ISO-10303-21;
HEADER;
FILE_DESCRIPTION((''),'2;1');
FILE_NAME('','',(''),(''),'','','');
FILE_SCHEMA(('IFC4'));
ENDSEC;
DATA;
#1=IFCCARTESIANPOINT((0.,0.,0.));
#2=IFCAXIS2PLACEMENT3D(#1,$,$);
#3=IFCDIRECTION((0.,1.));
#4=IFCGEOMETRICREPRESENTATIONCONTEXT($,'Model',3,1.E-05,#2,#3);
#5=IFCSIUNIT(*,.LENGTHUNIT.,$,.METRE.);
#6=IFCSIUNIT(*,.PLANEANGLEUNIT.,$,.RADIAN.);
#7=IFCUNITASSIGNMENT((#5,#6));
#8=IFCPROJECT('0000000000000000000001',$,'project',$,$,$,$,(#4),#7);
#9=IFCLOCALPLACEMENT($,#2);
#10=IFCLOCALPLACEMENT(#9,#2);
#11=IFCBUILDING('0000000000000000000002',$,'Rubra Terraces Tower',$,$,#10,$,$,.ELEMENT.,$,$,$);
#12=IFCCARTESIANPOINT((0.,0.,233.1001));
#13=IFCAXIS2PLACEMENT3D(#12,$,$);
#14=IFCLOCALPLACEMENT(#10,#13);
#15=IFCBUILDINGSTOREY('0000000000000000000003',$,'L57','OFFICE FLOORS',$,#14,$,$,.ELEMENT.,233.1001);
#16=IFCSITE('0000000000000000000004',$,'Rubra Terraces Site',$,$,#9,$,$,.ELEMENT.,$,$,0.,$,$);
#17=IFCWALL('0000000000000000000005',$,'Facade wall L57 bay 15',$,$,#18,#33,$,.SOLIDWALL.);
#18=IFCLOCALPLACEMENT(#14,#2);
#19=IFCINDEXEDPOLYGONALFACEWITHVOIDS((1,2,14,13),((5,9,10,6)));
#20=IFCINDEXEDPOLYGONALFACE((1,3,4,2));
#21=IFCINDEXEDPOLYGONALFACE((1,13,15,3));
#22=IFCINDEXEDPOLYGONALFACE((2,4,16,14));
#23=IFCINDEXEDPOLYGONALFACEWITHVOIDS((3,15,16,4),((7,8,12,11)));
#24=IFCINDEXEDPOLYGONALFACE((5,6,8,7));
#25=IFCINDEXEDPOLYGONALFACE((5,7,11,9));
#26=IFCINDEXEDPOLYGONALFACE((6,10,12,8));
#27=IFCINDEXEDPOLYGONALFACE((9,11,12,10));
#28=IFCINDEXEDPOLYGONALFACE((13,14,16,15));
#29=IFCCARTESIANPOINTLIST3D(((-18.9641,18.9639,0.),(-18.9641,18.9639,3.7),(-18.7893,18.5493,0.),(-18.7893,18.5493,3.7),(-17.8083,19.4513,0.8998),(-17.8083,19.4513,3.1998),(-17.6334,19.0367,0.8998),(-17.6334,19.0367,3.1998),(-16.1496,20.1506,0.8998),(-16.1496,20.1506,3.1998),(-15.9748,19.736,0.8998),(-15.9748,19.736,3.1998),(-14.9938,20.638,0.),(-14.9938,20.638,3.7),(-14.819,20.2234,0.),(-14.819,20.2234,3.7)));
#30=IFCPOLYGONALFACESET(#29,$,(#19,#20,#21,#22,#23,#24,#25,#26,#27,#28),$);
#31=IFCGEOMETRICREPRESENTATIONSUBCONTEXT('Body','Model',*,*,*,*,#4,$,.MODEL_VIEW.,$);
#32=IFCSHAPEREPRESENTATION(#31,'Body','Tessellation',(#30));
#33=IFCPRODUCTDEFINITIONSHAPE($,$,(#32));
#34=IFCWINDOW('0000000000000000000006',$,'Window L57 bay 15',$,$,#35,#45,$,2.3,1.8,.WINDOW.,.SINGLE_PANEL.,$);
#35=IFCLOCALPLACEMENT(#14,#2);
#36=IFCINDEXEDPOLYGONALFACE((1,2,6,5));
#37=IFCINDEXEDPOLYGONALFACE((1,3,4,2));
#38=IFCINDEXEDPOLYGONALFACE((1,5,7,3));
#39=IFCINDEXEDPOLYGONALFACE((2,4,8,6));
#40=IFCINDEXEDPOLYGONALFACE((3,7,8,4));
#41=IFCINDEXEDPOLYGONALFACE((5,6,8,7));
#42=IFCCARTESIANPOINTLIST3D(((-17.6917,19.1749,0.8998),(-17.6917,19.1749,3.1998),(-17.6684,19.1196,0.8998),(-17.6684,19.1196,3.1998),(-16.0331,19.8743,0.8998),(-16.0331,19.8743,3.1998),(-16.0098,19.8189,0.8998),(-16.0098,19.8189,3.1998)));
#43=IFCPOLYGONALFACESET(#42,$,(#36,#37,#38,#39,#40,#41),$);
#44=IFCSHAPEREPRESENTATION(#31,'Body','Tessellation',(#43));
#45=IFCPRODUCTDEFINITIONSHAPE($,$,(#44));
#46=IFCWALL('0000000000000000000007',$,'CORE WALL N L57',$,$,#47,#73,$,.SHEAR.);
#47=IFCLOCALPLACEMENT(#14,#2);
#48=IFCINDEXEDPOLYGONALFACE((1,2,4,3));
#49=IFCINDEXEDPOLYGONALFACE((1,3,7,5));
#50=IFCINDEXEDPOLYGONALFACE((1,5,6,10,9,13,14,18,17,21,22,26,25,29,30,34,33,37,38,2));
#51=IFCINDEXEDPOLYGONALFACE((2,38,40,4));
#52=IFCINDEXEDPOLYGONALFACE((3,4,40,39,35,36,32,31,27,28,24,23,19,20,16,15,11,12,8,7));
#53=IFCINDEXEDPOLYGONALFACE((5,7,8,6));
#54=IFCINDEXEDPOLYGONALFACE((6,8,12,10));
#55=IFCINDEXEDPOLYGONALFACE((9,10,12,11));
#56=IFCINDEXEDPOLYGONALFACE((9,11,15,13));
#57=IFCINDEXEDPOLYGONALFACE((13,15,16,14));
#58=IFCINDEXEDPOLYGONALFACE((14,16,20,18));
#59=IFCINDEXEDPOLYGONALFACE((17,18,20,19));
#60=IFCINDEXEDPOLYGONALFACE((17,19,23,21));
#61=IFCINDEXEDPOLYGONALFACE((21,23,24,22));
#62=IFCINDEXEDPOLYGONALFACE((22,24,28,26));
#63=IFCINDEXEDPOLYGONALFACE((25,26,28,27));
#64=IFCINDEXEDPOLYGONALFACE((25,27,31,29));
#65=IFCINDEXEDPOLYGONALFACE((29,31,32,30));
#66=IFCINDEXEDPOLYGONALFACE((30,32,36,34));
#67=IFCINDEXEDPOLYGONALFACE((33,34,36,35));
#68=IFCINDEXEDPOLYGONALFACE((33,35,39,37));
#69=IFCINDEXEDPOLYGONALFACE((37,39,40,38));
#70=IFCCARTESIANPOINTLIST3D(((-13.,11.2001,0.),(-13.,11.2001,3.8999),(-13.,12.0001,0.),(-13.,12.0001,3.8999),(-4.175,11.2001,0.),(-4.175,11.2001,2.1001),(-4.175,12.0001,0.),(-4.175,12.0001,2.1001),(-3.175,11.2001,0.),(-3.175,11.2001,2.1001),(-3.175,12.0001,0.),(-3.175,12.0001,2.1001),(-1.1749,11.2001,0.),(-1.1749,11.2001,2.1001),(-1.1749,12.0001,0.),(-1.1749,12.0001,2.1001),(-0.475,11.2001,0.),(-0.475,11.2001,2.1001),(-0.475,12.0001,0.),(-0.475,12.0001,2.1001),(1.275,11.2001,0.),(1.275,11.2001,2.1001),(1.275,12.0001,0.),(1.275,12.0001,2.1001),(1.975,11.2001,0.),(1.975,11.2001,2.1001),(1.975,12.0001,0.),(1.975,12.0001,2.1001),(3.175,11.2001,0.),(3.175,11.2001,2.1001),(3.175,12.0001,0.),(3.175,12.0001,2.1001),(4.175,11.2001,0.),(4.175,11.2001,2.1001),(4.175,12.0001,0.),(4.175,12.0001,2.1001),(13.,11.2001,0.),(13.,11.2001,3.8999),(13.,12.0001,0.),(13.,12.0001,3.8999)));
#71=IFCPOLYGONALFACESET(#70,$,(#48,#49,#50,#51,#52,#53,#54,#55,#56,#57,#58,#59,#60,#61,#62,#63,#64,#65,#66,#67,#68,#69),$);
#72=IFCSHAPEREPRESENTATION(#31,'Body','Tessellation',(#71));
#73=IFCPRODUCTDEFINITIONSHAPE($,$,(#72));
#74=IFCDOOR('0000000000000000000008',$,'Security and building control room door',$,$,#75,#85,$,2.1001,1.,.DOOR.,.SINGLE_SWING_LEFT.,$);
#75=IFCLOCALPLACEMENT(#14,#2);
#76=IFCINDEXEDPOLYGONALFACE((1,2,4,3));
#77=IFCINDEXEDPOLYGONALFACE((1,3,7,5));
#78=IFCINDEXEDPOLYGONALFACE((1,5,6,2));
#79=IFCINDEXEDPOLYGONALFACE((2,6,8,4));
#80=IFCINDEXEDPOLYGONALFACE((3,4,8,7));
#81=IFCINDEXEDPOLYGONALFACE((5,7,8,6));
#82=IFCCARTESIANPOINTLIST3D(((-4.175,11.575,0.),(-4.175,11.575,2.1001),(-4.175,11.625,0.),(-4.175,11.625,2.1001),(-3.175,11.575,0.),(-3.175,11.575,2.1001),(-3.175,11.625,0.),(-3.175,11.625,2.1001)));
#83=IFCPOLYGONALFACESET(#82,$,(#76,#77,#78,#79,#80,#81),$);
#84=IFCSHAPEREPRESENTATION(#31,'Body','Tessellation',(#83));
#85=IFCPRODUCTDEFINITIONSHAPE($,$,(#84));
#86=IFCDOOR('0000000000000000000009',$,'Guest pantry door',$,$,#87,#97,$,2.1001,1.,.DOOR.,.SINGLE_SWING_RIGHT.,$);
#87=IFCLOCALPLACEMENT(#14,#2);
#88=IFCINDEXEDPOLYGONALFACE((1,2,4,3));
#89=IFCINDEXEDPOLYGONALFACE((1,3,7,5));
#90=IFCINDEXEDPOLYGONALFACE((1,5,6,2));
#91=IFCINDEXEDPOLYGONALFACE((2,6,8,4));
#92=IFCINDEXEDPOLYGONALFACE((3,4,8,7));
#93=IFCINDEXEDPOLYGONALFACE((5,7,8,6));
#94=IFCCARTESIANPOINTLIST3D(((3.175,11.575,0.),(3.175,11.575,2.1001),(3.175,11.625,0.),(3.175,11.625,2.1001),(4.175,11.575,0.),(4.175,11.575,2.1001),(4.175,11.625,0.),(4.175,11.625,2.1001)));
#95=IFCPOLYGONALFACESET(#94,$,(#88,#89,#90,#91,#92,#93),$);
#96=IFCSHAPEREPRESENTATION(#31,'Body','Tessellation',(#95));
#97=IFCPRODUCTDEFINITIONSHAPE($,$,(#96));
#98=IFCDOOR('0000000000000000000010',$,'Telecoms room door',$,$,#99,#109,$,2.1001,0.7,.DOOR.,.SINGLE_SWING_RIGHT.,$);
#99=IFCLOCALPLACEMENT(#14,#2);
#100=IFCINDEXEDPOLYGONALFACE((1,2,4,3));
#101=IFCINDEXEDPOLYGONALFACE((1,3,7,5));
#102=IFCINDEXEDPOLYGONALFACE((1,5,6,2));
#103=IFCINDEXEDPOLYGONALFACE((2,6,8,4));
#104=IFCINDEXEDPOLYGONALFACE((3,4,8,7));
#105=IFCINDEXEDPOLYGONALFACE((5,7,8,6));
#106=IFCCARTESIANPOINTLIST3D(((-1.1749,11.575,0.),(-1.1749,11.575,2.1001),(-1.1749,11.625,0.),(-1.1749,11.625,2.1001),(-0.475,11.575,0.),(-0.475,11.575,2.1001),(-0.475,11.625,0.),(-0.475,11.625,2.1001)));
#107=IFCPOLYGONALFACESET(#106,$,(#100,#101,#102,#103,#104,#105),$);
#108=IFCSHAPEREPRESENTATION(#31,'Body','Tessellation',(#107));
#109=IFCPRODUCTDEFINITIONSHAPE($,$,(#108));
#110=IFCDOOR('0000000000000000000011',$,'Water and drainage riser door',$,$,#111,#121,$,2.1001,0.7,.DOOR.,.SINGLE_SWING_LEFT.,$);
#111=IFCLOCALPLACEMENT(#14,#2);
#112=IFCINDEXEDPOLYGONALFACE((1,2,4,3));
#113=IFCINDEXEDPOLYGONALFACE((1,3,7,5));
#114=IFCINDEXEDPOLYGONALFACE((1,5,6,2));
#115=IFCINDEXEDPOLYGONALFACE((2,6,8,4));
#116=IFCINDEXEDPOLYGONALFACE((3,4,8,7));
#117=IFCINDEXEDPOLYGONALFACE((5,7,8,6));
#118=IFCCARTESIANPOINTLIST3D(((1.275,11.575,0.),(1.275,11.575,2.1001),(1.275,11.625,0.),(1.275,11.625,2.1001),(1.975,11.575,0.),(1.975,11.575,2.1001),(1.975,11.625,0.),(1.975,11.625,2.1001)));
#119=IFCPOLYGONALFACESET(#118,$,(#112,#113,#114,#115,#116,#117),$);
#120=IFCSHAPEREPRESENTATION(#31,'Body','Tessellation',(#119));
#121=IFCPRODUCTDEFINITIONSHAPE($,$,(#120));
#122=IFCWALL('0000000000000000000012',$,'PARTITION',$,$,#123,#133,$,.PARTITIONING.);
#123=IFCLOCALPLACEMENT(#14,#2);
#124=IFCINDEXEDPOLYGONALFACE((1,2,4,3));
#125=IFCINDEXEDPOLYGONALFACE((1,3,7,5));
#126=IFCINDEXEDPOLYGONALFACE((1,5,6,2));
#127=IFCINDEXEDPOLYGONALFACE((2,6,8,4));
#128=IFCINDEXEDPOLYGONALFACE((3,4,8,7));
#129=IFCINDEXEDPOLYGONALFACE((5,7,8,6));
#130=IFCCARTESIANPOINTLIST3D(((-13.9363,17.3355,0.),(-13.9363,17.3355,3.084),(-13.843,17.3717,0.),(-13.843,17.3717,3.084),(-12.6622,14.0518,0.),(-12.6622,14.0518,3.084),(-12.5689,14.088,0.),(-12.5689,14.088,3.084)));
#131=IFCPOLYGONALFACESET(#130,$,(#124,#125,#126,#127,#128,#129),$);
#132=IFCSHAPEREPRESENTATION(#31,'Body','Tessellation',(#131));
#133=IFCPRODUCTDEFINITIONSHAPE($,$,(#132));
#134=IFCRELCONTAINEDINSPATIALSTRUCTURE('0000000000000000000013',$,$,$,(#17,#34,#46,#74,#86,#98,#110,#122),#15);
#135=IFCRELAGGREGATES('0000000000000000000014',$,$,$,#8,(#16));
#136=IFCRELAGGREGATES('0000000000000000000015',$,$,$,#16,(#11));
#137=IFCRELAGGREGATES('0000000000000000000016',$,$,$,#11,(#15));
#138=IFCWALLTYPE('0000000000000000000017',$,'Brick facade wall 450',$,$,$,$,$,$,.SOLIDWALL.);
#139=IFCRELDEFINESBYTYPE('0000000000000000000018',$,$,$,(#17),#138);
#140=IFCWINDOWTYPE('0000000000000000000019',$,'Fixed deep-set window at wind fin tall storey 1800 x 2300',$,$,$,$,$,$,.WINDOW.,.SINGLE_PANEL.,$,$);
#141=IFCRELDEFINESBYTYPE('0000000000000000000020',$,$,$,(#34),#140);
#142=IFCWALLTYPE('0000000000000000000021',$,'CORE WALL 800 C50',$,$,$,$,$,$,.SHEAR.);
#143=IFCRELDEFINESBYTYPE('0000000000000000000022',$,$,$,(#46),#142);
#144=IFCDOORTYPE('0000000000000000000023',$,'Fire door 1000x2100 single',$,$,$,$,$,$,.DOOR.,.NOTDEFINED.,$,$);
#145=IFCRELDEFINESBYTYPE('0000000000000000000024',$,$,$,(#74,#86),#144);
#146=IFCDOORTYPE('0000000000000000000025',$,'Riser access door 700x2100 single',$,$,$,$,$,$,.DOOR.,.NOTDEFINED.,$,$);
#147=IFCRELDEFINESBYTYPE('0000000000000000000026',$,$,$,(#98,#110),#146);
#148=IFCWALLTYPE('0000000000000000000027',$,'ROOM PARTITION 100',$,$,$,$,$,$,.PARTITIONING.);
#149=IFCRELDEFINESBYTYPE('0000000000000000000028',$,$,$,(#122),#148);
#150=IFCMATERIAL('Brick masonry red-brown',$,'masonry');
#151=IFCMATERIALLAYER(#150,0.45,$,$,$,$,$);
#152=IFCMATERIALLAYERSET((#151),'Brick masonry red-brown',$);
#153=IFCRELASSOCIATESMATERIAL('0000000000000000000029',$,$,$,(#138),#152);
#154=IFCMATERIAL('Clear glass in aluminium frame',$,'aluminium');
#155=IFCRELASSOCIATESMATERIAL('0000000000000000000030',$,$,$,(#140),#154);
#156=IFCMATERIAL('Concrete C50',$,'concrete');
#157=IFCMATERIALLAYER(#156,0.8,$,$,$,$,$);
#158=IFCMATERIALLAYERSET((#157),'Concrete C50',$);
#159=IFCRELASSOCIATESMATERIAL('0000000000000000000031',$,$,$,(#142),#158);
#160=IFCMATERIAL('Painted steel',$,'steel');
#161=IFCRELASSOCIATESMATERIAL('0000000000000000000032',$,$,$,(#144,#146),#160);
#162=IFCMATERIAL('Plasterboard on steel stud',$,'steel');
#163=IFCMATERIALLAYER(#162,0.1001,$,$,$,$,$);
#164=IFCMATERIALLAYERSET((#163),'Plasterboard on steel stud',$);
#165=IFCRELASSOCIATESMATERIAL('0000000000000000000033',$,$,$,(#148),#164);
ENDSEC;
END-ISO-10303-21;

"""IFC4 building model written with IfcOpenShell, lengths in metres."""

from ifc_helpers import new_model, si_unit, direction, frame, frame_2d, origin, place, context, subcontext, project, spatial, rectangle, extrude, material, layer, layer_set, type_object, element, fill, save


model = new_model("IFC4")

# Units and contexts
model_context = context("Model", 3, precision=1e-05, world=origin(), true_north=direction((0.0, 1.0)))
body_context = subcontext(model_context, "Body", "Model", "MODEL_VIEW")
ifc_project = project(units=[si_unit("LENGTHUNIT", "METRE"), si_unit("PLANEANGLEUNIT", "RADIAN")], contexts=[model_context])

# Site, building, storey
site_placement = place(None, origin())
site = spatial("IfcSite", under=ifc_project, at=site_placement, Name="Rubra Terraces Site", CompositionType="ELEMENT", RefElevation=0.0)
building_placement = place(site_placement, origin())
building = spatial("IfcBuilding", under=site, at=building_placement, Name="Rubra Terraces Tower", CompositionType="ELEMENT")
storey_placement = place(building_placement, frame((0.0, 0.0, 233.1001)))
storey = spatial("IfcBuildingStorey", under=building, at=storey_placement, Name="L57", Description="OFFICE FLOORS", CompositionType="ELEMENT", Elevation=233.1001)

# Shared definitions
ifc_material_1 = material(Name="Concrete C50", Category="concrete")

# Wall, opening, window
ifc_material_2 = material(Name="Brick masonry red-brown", Category="masonry")
ifc_layer_1 = layer(ifc_material_2, 0.45)
ifc_layer_set_1 = layer_set([ifc_layer_1], Name="Brick masonry red-brown")
wall_type_1 = type_object("IfcWallType", Name="Brick facade wall 450", PredefinedType="SOLIDWALL", material=ifc_layer_set_1)
ifc_material_3 = material(Name="Clear glass in aluminium frame", Category="aluminium")
wall_1_placement = place(storey_placement, frame((-14.9065, 20.4307, 0.0), z_axis=(0.0, 0.0, 1.0), x_axis=(-0.921436, -0.388531, 0.0)))
wall_1 = element("IfcWall", 1, at=wall_1_placement, inside=storey, type_object=wall_type_1, Name="Facade wall L57 bay 15", PredefinedType="SOLIDWALL", context=body_context, shape_type="SweptSolid", body=[
    extrude(rectangle(XDim=4.3088, YDim=0.45, at=frame_2d((2.1543, 0.0))), origin(), (0.0, 0.0, 1.0), 3.7),
])
opening_1_placement = place(wall_1_placement, frame((1.2544, 0.0, 0.8999)))
opening_1 = element("IfcOpeningElement", 2, at=opening_1_placement, cuts=wall_1, PredefinedType="OPENING", context=body_context, shape_type="SweptSolid", body=[
    extrude(rectangle(XDim=1.8, YDim=2.3, at=frame_2d((0.8999, 1.1499))), frame((0.0, 0.2349, 0.0), z_axis=(0.0, -1.0, 0.0), x_axis=(1.0, 0.0, 0.0)), (0.0, 0.0, 1.0), 0.47),
])
window_type_1 = type_object("IfcWindowType", Name="Fixed deep-set window at wind fin tall storey 1800 x 2300", PartitioningType="SINGLE_PANEL", PredefinedType="WINDOW", material=ifc_material_3)
window_1_placement = place(opening_1_placement, origin())
window_1 = element("IfcWindow", 3, at=window_1_placement, inside=storey, type_object=window_type_1, Name="Window L57 bay 15", OverallHeight=2.3, OverallWidth=1.8, PartitioningType="SINGLE_PANEL", PredefinedType="WINDOW", context=body_context, shape_type="SweptSolid", body=[
    extrude(rectangle(XDim=1.8, YDim=2.3, at=frame_2d((0.8999, 1.1499))), frame((0.0, 0.135, 0.0), z_axis=(0.0, -1.0, 0.0), x_axis=(1.0, 0.0, 0.0)), (0.0, 0.0, 1.0), 0.0601),
])
fill(opening_1, window_1)

# Wall, openings, doors
ifc_layer_2 = layer(ifc_material_1, 0.8)
ifc_layer_set_2 = layer_set([ifc_layer_2], Name="Concrete C50")
wall_type_2 = type_object("IfcWallType", Name="CORE WALL 800 C50", PredefinedType="SHEAR", material=ifc_layer_set_2)
wall_2_placement = place(storey_placement, frame((-13.0, 11.6001, 0.0), z_axis=(0.0, 0.0, 1.0), x_axis=(1.0, 0.0, 0.0)))
wall_2 = element("IfcWall", 4, at=wall_2_placement, inside=storey, type_object=wall_type_2, Name="CORE WALL N L57", PredefinedType="SHEAR", context=body_context, shape_type="SweptSolid", body=[
    extrude(rectangle(XDim=26.0, YDim=0.8, at=frame_2d((13.0, 0.0))), origin(), (0.0, 0.0, 1.0), 3.8999),
])
opening_2_placement = place(wall_2_placement, frame((8.825, 0.0, 0.0)))
opening_2 = element("IfcOpeningElement", 5, at=opening_2_placement, cuts=wall_2, PredefinedType="OPENING", context=body_context, shape_type="SweptSolid", body=[
    extrude(rectangle(XDim=1.0, YDim=2.1001, at=frame_2d((0.5, 1.05))), frame((0.0, 0.4099, 0.0), z_axis=(0.0, -1.0, 0.0), x_axis=(1.0, 0.0, 0.0)), (0.0, 0.0, 1.0), 0.8201),
])
opening_3_placement = place(wall_2_placement, frame((11.825, 0.0, 0.0)))
opening_3 = element("IfcOpeningElement", 6, at=opening_3_placement, cuts=wall_2, PredefinedType="OPENING", context=body_context, shape_type="SweptSolid", body=[
    extrude(rectangle(XDim=0.7, YDim=2.1001, at=frame_2d((0.3501, 1.05))), frame((0.0, 0.4099, 0.0), z_axis=(0.0, -1.0, 0.0), x_axis=(1.0, 0.0, 0.0)), (0.0, 0.0, 1.0), 0.8201),
])
opening_4_placement = place(wall_2_placement, frame((14.2749, 0.0, 0.0)))
opening_4 = element("IfcOpeningElement", 7, at=opening_4_placement, cuts=wall_2, PredefinedType="OPENING", context=body_context, shape_type="SweptSolid", body=[
    extrude(rectangle(XDim=0.7, YDim=2.1001, at=frame_2d((0.3501, 1.05))), frame((0.0, 0.4099, 0.0), z_axis=(0.0, -1.0, 0.0), x_axis=(1.0, 0.0, 0.0)), (0.0, 0.0, 1.0), 0.8201),
])
opening_5_placement = place(wall_2_placement, frame((16.175, 0.0, 0.0)))
opening_5 = element("IfcOpeningElement", 8, at=opening_5_placement, cuts=wall_2, PredefinedType="OPENING", context=body_context, shape_type="SweptSolid", body=[
    extrude(rectangle(XDim=1.0, YDim=2.1001, at=frame_2d((0.5, 1.05))), frame((0.0, 0.4099, 0.0), z_axis=(0.0, -1.0, 0.0), x_axis=(1.0, 0.0, 0.0)), (0.0, 0.0, 1.0), 0.8201),
])
ifc_material_4 = material(Name="Painted steel", Category="steel")
door_type_1 = type_object("IfcDoorType", Name="Fire door 1000x2100 single", OperationType="NOTDEFINED", PredefinedType="DOOR", material=ifc_material_4)
door_1_placement = place(opening_2_placement, origin())
door_1 = element("IfcDoor", 9, at=door_1_placement, inside=storey, type_object=door_type_1, Name="Security and building control room door", OperationType="SINGLE_SWING_LEFT", OverallHeight=2.1001, OverallWidth=1.0, PredefinedType="DOOR", context=body_context, shape_type="SweptSolid", body=[
    extrude(rectangle(XDim=1.0, YDim=2.1001, at=frame_2d((0.5, 1.05))), frame((0.0, 0.0249, 0.0), z_axis=(0.0, -1.0, 0.0), x_axis=(1.0, 0.0, 0.0)), (0.0, 0.0, 1.0), 0.05),
])
fill(opening_2, door_1)
door_2_placement = place(opening_5_placement, origin())
door_2 = element("IfcDoor", 10, at=door_2_placement, inside=storey, type_object=door_type_1, Name="Guest pantry door", OperationType="SINGLE_SWING_RIGHT", OverallHeight=2.1001, OverallWidth=1.0, PredefinedType="DOOR", context=body_context, shape_type="SweptSolid", body=[
    extrude(rectangle(XDim=1.0, YDim=2.1001, at=frame_2d((0.5, 1.05))), frame((0.0, 0.0249, 0.0), z_axis=(0.0, -1.0, 0.0), x_axis=(1.0, 0.0, 0.0)), (0.0, 0.0, 1.0), 0.05),
])
fill(opening_5, door_2)
door_type_2 = type_object("IfcDoorType", Name="Riser access door 700x2100 single", OperationType="NOTDEFINED", PredefinedType="DOOR", material=ifc_material_4)
door_3_placement = place(opening_3_placement, origin())
door_3 = element("IfcDoor", 11, at=door_3_placement, inside=storey, type_object=door_type_2, Name="Telecoms room door", OperationType="SINGLE_SWING_RIGHT", OverallHeight=2.1001, OverallWidth=0.7, PredefinedType="DOOR", context=body_context, shape_type="SweptSolid", body=[
    extrude(rectangle(XDim=0.7, YDim=2.1001, at=frame_2d((0.3501, 1.05))), frame((0.0, 0.0249, 0.0), z_axis=(0.0, -1.0, 0.0), x_axis=(1.0, 0.0, 0.0)), (0.0, 0.0, 1.0), 0.05),
])
fill(opening_3, door_3)
door_4_placement = place(opening_4_placement, origin())
door_4 = element("IfcDoor", 12, at=door_4_placement, inside=storey, type_object=door_type_2, Name="Water and drainage riser door", OperationType="SINGLE_SWING_LEFT", OverallHeight=2.1001, OverallWidth=0.7, PredefinedType="DOOR", context=body_context, shape_type="SweptSolid", body=[
    extrude(rectangle(XDim=0.7, YDim=2.1001, at=frame_2d((0.3501, 1.05))), frame((0.0, 0.0249, 0.0), z_axis=(0.0, -1.0, 0.0), x_axis=(1.0, 0.0, 0.0)), (0.0, 0.0, 1.0), 0.05),
])
fill(opening_4, door_4)

# Wall
ifc_material_5 = material(Name="Plasterboard on steel stud", Category="steel")
ifc_layer_3 = layer(ifc_material_5, 0.1001)
ifc_layer_set_3 = layer_set([ifc_layer_3], Name="Plasterboard on steel stud")
wall_type_3 = type_object("IfcWallType", Name="ROOM PARTITION 100", PredefinedType="PARTITIONING", material=ifc_layer_set_3)
wall_3_placement = place(storey_placement, frame((-12.6155, 14.0698, 0.0), z_axis=(0.0, 0.0, 1.0), x_axis=(-0.36175, 0.932275, 0.0)))
element("IfcWall", 13, at=wall_3_placement, inside=storey, type_object=wall_type_3, Name="PARTITION", PredefinedType="PARTITIONING", context=body_context, shape_type="SweptSolid", body=[
    extrude(rectangle(XDim=3.5222, YDim=0.1001, at=frame_2d((1.7612, 0.0))), origin(), (0.0, 0.0, 1.0), 3.084),
])

save(model, "model.ifc")
